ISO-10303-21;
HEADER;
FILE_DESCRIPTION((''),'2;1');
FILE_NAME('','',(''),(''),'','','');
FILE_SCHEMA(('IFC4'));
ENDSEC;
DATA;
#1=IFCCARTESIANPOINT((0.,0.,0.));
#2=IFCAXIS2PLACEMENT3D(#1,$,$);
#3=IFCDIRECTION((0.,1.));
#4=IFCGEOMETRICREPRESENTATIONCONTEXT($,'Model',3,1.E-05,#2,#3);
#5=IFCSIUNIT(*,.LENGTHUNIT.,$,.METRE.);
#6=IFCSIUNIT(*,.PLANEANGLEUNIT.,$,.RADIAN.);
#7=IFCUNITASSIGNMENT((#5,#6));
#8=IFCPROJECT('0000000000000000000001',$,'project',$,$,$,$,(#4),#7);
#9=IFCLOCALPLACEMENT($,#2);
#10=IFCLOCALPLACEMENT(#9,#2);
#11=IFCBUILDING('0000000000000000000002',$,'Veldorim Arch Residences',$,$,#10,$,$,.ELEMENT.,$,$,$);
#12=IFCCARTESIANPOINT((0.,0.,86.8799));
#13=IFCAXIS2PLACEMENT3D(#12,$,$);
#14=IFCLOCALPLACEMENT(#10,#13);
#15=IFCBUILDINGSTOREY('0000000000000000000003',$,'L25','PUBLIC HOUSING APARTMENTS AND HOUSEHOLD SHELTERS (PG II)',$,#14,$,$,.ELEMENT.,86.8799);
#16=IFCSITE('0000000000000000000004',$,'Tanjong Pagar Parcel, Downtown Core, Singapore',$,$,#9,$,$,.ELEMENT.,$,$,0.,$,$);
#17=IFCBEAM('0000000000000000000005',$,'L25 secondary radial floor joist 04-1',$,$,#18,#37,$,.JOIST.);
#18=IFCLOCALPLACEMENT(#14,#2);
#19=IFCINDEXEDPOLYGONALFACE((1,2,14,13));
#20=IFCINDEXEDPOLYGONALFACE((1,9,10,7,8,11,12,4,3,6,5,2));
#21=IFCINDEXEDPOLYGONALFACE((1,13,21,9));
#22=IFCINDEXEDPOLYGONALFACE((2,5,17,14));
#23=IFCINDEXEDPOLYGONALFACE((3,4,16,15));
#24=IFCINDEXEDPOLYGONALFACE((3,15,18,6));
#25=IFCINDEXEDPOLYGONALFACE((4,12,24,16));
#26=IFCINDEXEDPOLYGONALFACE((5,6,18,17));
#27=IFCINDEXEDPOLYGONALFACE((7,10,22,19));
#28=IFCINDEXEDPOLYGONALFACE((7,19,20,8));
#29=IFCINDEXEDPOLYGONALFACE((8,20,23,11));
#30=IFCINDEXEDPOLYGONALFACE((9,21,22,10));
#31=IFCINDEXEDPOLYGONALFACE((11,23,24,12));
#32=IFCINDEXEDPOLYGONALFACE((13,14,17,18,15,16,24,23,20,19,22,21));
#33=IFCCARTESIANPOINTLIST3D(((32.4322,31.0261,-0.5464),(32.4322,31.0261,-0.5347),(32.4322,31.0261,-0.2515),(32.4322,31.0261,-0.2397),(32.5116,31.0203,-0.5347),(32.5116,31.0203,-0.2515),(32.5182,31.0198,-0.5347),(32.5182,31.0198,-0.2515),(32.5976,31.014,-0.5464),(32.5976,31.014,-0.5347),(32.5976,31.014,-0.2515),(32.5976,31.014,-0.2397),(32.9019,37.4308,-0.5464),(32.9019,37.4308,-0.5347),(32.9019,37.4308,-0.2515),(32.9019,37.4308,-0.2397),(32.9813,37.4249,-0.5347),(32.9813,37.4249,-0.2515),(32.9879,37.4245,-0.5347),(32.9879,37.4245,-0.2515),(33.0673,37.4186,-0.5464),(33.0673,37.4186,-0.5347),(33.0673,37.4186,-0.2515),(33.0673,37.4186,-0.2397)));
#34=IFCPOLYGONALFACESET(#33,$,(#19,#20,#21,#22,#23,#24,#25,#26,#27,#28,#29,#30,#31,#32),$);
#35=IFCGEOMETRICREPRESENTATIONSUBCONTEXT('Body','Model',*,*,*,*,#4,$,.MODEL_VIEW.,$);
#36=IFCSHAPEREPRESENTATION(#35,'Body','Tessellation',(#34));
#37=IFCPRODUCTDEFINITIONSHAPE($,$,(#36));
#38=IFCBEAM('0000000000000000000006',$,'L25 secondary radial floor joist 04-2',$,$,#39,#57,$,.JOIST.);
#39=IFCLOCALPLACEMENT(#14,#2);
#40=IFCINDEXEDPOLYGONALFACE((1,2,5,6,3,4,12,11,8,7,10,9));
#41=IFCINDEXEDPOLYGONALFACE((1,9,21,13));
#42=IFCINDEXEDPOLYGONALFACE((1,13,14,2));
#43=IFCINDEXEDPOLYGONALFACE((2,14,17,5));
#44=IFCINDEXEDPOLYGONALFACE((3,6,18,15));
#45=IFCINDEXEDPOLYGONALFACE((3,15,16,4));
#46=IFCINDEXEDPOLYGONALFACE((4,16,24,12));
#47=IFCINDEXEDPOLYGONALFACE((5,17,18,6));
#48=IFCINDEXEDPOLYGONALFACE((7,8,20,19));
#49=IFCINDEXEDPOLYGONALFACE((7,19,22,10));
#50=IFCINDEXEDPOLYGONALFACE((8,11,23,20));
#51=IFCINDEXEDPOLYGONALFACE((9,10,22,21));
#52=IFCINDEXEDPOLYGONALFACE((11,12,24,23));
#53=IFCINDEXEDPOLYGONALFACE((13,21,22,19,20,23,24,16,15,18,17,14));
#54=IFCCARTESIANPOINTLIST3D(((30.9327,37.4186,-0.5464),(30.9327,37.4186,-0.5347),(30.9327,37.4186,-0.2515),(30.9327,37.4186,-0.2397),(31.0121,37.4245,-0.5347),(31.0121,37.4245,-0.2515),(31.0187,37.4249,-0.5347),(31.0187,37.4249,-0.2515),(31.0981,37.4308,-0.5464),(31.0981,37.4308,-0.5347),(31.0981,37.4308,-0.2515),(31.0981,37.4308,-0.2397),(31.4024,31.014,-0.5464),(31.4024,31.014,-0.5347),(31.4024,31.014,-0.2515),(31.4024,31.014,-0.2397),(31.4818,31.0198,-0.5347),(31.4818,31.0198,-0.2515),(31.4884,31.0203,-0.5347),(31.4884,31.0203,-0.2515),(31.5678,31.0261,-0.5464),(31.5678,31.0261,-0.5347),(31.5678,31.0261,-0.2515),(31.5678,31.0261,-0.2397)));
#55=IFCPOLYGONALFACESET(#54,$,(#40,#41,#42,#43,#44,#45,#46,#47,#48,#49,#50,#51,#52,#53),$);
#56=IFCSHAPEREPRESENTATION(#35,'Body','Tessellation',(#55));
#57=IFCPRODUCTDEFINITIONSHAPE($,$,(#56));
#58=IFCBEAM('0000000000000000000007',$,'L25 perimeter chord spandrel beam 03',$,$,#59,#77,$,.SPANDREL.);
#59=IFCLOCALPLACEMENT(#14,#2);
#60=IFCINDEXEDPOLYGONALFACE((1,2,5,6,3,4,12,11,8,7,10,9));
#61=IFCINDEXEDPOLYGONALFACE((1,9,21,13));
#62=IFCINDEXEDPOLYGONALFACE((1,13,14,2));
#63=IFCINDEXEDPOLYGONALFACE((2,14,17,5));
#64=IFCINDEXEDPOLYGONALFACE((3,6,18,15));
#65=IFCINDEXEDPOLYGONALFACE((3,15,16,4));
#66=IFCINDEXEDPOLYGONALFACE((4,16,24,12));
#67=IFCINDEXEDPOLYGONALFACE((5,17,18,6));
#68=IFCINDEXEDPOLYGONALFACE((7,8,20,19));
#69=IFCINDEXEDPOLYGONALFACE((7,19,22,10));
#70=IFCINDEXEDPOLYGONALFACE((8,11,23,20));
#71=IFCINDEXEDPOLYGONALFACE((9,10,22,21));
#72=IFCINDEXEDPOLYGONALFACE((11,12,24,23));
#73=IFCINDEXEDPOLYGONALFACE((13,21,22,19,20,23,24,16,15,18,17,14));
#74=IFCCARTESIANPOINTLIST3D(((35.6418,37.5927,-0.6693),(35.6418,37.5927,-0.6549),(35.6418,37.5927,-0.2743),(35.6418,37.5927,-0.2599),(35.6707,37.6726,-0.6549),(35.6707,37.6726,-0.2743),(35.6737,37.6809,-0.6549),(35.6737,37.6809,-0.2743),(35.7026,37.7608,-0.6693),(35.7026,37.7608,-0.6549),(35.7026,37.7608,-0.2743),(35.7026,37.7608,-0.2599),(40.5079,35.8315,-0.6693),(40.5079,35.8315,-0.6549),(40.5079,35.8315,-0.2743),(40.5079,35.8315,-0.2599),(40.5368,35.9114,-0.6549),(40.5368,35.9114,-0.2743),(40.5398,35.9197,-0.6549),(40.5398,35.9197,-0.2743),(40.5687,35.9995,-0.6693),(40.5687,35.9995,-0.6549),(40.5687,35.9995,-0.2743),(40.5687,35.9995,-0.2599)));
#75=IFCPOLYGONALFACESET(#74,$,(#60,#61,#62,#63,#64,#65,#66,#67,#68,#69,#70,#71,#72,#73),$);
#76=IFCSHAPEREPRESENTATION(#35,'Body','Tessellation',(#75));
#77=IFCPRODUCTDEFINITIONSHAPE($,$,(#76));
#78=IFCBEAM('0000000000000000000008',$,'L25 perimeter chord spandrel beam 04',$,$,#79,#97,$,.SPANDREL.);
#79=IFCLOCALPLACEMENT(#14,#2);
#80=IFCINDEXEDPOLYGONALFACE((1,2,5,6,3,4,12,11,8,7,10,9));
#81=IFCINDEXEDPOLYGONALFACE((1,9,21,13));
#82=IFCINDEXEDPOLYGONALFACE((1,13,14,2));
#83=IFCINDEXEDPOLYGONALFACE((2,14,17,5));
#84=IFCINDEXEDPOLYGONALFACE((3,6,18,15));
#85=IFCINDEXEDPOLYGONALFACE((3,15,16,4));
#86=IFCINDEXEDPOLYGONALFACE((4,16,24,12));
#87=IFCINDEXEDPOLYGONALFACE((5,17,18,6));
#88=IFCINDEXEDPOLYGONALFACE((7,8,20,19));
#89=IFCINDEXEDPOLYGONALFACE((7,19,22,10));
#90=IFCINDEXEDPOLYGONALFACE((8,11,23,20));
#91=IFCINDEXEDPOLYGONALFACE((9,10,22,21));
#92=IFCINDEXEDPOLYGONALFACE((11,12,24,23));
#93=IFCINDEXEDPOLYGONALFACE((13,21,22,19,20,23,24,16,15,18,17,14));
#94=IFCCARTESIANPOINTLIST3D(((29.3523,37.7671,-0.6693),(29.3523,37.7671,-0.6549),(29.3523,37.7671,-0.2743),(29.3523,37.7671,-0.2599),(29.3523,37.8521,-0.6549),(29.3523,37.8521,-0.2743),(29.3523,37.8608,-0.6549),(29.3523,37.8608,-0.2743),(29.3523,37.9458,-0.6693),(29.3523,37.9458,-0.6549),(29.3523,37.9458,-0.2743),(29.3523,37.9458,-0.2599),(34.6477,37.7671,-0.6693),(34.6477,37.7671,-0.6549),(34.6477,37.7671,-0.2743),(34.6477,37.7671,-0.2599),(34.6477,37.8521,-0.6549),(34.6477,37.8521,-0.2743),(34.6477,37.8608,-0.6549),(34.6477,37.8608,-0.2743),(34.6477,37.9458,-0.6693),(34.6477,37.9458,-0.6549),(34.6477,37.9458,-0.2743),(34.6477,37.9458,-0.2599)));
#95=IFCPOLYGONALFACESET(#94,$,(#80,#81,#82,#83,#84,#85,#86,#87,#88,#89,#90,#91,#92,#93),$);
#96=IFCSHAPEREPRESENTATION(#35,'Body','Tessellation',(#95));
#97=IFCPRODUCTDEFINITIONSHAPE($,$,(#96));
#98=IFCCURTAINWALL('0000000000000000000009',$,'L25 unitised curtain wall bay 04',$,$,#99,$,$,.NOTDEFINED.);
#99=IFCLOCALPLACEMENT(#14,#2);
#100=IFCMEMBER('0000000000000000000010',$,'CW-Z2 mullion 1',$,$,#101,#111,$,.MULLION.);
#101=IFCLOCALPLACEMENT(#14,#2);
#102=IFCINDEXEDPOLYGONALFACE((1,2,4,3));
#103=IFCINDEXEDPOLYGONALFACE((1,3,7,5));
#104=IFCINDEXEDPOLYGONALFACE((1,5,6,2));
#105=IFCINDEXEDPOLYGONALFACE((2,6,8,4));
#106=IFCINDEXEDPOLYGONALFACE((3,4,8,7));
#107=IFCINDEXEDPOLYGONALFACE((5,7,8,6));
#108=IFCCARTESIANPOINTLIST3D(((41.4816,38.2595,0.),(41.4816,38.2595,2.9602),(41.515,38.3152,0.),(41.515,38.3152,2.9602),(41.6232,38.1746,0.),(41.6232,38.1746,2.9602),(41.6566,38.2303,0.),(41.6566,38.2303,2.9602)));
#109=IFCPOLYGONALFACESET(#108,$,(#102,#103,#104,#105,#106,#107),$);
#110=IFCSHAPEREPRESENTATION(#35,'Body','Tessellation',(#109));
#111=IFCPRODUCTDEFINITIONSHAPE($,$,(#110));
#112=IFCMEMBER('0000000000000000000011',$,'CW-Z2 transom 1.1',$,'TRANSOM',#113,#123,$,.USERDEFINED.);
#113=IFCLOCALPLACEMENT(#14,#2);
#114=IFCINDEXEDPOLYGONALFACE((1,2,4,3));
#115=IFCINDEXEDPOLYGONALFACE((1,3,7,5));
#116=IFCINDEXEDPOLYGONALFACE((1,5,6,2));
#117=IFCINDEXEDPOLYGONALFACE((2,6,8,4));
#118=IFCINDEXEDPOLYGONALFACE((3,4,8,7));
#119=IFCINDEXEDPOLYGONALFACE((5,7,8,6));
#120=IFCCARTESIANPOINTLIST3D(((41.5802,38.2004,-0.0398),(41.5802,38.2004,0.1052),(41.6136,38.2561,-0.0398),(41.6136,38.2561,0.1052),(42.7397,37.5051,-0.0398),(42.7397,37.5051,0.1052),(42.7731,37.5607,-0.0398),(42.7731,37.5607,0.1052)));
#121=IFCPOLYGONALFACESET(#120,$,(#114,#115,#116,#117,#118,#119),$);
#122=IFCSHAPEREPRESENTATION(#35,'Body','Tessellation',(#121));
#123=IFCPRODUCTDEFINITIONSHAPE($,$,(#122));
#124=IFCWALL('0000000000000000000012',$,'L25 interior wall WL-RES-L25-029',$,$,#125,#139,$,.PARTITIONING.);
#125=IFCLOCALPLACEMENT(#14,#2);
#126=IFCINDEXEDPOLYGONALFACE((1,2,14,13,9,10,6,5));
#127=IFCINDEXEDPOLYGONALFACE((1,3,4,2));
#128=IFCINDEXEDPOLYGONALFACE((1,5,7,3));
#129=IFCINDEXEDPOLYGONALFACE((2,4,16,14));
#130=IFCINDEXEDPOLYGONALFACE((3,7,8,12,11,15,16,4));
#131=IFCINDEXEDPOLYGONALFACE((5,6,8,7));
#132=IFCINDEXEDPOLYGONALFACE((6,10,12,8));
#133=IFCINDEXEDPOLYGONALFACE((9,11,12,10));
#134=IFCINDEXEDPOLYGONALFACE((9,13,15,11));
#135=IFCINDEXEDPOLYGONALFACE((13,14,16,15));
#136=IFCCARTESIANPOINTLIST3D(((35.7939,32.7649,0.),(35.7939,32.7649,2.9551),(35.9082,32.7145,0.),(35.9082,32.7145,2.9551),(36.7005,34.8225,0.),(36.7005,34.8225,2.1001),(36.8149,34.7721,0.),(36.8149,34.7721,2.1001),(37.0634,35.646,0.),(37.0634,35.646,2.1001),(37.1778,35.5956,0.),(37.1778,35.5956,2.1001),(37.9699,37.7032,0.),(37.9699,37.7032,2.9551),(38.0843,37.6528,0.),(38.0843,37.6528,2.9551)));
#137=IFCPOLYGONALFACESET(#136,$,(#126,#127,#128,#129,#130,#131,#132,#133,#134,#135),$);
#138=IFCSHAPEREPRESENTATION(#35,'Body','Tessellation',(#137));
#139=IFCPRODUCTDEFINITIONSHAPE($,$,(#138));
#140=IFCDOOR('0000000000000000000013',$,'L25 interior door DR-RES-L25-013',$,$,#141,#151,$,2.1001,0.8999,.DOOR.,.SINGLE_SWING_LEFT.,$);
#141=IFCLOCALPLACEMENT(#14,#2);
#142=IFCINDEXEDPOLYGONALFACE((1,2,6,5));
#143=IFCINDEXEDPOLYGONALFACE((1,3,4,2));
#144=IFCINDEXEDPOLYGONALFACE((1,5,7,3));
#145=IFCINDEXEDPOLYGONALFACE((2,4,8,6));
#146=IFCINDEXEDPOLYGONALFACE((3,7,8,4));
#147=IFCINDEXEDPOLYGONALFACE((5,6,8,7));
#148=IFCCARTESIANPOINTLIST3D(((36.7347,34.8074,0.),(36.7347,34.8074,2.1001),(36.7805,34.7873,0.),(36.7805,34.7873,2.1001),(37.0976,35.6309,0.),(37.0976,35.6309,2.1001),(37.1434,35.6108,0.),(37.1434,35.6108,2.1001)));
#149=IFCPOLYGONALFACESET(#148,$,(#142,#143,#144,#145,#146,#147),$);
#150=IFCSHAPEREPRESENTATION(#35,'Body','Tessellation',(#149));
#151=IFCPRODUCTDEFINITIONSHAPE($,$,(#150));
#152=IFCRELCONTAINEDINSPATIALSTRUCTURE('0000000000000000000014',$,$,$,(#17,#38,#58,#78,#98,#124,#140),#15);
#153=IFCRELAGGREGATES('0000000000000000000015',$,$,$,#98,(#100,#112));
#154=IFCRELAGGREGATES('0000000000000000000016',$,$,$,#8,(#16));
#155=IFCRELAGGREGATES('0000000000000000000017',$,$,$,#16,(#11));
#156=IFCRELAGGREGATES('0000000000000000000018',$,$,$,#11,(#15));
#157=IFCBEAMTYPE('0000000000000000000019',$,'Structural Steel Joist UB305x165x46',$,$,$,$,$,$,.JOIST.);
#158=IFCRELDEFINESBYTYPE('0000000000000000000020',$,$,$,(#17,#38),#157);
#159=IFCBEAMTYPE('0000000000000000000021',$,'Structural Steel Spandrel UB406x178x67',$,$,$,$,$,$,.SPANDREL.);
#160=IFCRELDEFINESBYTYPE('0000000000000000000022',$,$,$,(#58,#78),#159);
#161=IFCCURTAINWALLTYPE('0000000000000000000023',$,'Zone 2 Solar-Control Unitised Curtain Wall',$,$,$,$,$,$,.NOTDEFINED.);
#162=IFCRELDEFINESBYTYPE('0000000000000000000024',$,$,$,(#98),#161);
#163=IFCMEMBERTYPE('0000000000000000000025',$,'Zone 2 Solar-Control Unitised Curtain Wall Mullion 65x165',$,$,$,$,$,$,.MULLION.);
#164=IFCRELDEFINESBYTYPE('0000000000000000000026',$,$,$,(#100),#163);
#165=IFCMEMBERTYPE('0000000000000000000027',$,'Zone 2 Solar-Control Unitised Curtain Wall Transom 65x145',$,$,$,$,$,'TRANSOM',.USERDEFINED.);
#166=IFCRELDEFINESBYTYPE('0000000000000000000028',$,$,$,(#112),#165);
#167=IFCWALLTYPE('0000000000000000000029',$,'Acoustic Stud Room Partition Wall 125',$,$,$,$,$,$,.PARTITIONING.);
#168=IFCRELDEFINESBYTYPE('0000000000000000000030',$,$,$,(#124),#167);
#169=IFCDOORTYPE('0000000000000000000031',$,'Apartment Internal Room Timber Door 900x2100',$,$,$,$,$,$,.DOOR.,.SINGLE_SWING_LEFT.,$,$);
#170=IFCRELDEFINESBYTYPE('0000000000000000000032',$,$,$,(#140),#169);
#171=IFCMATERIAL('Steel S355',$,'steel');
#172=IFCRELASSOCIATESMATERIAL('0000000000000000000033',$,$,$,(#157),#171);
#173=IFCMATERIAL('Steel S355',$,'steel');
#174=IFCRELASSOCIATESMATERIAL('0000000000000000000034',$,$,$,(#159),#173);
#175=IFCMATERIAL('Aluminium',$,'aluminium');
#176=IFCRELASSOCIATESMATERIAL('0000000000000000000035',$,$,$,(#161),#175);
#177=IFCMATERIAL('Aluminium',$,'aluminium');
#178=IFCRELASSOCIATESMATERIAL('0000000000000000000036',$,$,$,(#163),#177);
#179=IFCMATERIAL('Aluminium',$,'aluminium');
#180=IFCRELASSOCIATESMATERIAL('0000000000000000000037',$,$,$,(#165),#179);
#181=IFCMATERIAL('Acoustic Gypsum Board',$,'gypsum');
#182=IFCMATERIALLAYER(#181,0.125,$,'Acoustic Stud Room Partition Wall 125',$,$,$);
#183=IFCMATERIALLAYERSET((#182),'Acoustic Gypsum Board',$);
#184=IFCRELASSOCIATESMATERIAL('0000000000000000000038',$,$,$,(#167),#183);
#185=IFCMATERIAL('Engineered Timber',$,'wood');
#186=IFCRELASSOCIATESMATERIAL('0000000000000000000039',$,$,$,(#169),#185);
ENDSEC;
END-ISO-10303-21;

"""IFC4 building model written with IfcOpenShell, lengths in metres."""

from ifc_helpers import new_model, si_unit, direction, frame, frame_2d, origin, origin_2d, place, context, subcontext, project, spatial, rectangle, i_section, extrude, material, layer, layer_set, material_profile, profile_set, type_object, element, fill, aggregate, save


model = new_model("IFC4")

# Units and contexts
model_context = context("Model", 3, precision=1e-05, world=origin(), true_north=direction((0.0, 1.0)))
body_context = subcontext(model_context, "Body", "Model", "MODEL_VIEW")
ifc_project = project(units=[si_unit("LENGTHUNIT", "METRE"), si_unit("PLANEANGLEUNIT", "RADIAN")], contexts=[model_context])

# Site, building, storey
site_placement = place(None, origin())
site = spatial("IfcSite", under=ifc_project, at=site_placement, Name="Tanjong Pagar Parcel, Downtown Core, Singapore", CompositionType="ELEMENT", RefElevation=0.0)
building_placement = place(site_placement, origin())
building = spatial("IfcBuilding", under=site, at=building_placement, Name="Veldorim Arch Residences", CompositionType="ELEMENT")
storey_placement = place(building_placement, frame((0.0, 0.0, 86.8799)))
storey = spatial("IfcBuildingStorey", under=building, at=storey_placement, Name="L25", Description="PUBLIC HOUSING APARTMENTS AND HOUSEHOLD SHELTERS (PG II)", CompositionType="ELEMENT", Elevation=86.8799)

# Beams
ifc_material_1 = material(Name="Steel S355", Category="steel")
ifc_material_profile_1 = material_profile(ifc_material_1, i_section(OverallWidth=0.1658, OverallDepth=0.3066, WebThickness=0.0066, FlangeThickness=0.0117, at=origin_2d()), Name="UB305x165x46")
ifc_profile_set_1 = profile_set([ifc_material_profile_1], Name="Steel S355")
beam_type_1 = type_object("IfcBeamType", Name="Structural Steel Joist UB305x165x46", PredefinedType="JOIST", material=ifc_profile_set_1)
for number, where, z_axis, x_axis, name in (
    (1, (32.5149, 31.02, -0.3931), (0.073143, 0.997321, 0.0), (-0.997321, 0.073143, 0.0), "L25 secondary radial floor joist 04-1"),
    (2, (31.4851, 31.02, -0.3931), (-0.073143, 0.997321, 0.0), (-0.997321, -0.073143, 0.0), "L25 secondary radial floor joist 04-2"),
):
    element("IfcBeam", number, at=place(storey_placement, frame(where, z_axis=z_axis, x_axis=x_axis)), inside=storey, type_object=beam_type_1, Name=name, PredefinedType="JOIST", context=body_context, shape_type="SweptSolid", body=[
        extrude(i_section(OverallWidth=0.1658, OverallDepth=0.3066, WebThickness=0.0066, FlangeThickness=0.0117, at=origin_2d()), origin(), (0.0, 0.0, 1.0), 6.4219),
    ])
ifc_material_2 = material(Name="Steel S355", Category="steel")
ifc_material_profile_2 = material_profile(ifc_material_2, i_section(OverallWidth=0.1787, OverallDepth=0.4094, WebThickness=0.0088, FlangeThickness=0.0144, at=origin_2d()), Name="UB406x178x67")
ifc_profile_set_2 = profile_set([ifc_material_profile_2], Name="Steel S355")
beam_type_2 = type_object("IfcBeamType", Name="Structural Steel Spandrel UB406x178x67", PredefinedType="SPANDREL", material=ifc_profile_set_2)
beam_1_placement = place(storey_placement, frame((40.5383, 35.9155, -0.4646), z_axis=(-0.940308, 0.340326, 0.0), x_axis=(-0.340326, -0.940308, 0.0)))
element("IfcBeam", 3, at=beam_1_placement, inside=storey, type_object=beam_type_2, Name="L25 perimeter chord spandrel beam 03", PredefinedType="SPANDREL", context=body_context, shape_type="SweptSolid", body=[
    extrude(i_section(OverallWidth=0.1787, OverallDepth=0.4094, WebThickness=0.0088, FlangeThickness=0.0144, at=origin_2d()), origin(), (0.0, 0.0, 1.0), 5.175),
])
beam_2_placement = place(storey_placement, frame((34.6477, 37.8564, -0.4646), z_axis=(-1.0, 0.0, 0.0), x_axis=(0.0, -1.0, 0.0)))
element("IfcBeam", 4, at=beam_2_placement, inside=storey, type_object=beam_type_2, Name="L25 perimeter chord spandrel beam 04", PredefinedType="SPANDREL", context=body_context, shape_type="SweptSolid", body=[
    extrude(i_section(OverallWidth=0.1787, OverallDepth=0.4094, WebThickness=0.0088, FlangeThickness=0.0144, at=origin_2d()), origin(), (0.0, 0.0, 1.0), 5.2954),
])

# Curtain wall, members
ifc_material_3 = material(Name="Aluminium", Category="aluminium")
curtain_wall_type = type_object("IfcCurtainWallType", Name="Zone 2 Solar-Control Unitised Curtain Wall", PredefinedType="NOTDEFINED", material=ifc_material_3)
curtain_wall_placement = place(storey_placement, origin())
curtain_wall = element("IfcCurtainWall", 5, at=curtain_wall_placement, inside=storey, type_object=curtain_wall_type, Name="L25 unitised curtain wall bay 04", PredefinedType="NOTDEFINED")
ifc_material_4 = material(Name="Aluminium", Category="aluminium")
ifc_material_profile_3 = material_profile(ifc_material_4, rectangle(XDim=0.0649, YDim=0.165, at=origin_2d()), Name="ALU_MUL_65x165")
ifc_profile_set_3 = profile_set([ifc_material_profile_3], Name="Aluminium")
member_type_1 = type_object("IfcMemberType", Name="Zone 2 Solar-Control Unitised Curtain Wall Mullion 65x165", PredefinedType="MULLION", material=ifc_profile_set_3)
member_1_placement = place(storey_placement, frame((41.5691, 38.2449, 0.0), z_axis=(0.0, 0.0, 1.0), x_axis=(0.514313, 0.857602, 0.0)))
member_1 = element("IfcMember", 6, at=member_1_placement, type_object=member_type_1, Name="CW-Z2 mullion 1", PredefinedType="MULLION", context=body_context, shape_type="SweptSolid", body=[
    extrude(rectangle(XDim=0.0649, YDim=0.165, at=origin_2d()), origin(), (0.0, 0.0, 1.0), 2.9602),
])
ifc_material_5 = material(Name="Aluminium", Category="aluminium")
ifc_material_profile_4 = material_profile(ifc_material_5, rectangle(XDim=0.0649, YDim=0.145, at=origin_2d()), Name="ALU_TRN_65x145")
ifc_profile_set_4 = profile_set([ifc_material_profile_4], Name="Aluminium")
member_type_2 = type_object("IfcMemberType", Name="Zone 2 Solar-Control Unitised Curtain Wall Transom 65x145", ElementType="TRANSOM", PredefinedType="USERDEFINED", material=ifc_profile_set_4)
member_2_placement = place(storey_placement, frame((41.5969, 38.2283, 0.0327), z_axis=(0.857604, -0.51431, 0.0), x_axis=(0.51431, 0.857604, 0.0)))
member_2 = element("IfcMember", 7, at=member_2_placement, type_object=member_type_2, Name="CW-Z2 transom 1.1", ObjectType="TRANSOM", PredefinedType="USERDEFINED", context=body_context, shape_type="SweptSolid", body=[
    extrude(rectangle(XDim=0.0649, YDim=0.145, at=origin_2d()), origin(), (0.0, 0.0, 1.0), 1.3521),
])
aggregate(curtain_wall, [member_1, member_2])

# Wall, opening, door
ifc_material_6 = material(Name="Acoustic Gypsum Board", Category="gypsum")
ifc_layer_1 = layer(ifc_material_6, 0.125, Name="Acoustic Stud Room Partition Wall 125")
ifc_layer_set_1 = layer_set([ifc_layer_1], Name="Acoustic Gypsum Board")
wall_type_1 = type_object("IfcWallType", Name="Acoustic Stud Room Partition Wall 125", PredefinedType="PARTITIONING", material=ifc_layer_set_1)
wall_1_placement = place(storey_placement, frame((38.0271, 37.678, 0.0), z_axis=(0.0, 0.0, 1.0), x_axis=(-0.403236, -0.915096, 0.0)))
wall_1 = element("IfcWall", 8, at=wall_1_placement, inside=storey, type_object=wall_type_1, Name="L25 interior wall WL-RES-L25-029", PredefinedType="PARTITIONING", context=body_context, shape_type="SweptSolid", body=[
    extrude(rectangle(XDim=5.3965, YDim=0.125, at=frame_2d((2.6982, 0.0))), origin(), (0.0, 0.0, 1.0), 2.9551),
])
opening_1_placement = place(wall_1_placement, frame((2.248, 0.0, 0.0)))
opening_1 = element("IfcOpeningElement", 9, at=opening_1_placement, cuts=wall_1, PredefinedType="OPENING", context=body_context, shape_type="SweptSolid", body=[
    extrude(rectangle(XDim=0.8999, YDim=2.1001, at=frame_2d((0.45, 1.05))), frame((0.0, 0.0725, 0.0), z_axis=(0.0, -1.0, 0.0), x_axis=(1.0, 0.0, 0.0)), (0.0, 0.0, 1.0), 0.145),
])
ifc_material_7 = material(Name="Engineered Timber", Category="wood")
door_type_1 = type_object("IfcDoorType", Name="Apartment Internal Room Timber Door 900x2100", OperationType="SINGLE_SWING_LEFT", PredefinedType="DOOR", material=ifc_material_7)
door_1_placement = place(opening_1_placement, origin())
door_1 = element("IfcDoor", 10, at=door_1_placement, inside=storey, type_object=door_type_1, Name="L25 interior door DR-RES-L25-013", OperationType="SINGLE_SWING_LEFT", OverallHeight=2.1001, OverallWidth=0.8999, PredefinedType="DOOR", context=body_context, shape_type="SweptSolid", body=[
    extrude(rectangle(XDim=0.8999, YDim=2.1001, at=frame_2d((0.45, 1.05))), frame((0.0, 0.0249, 0.0), z_axis=(0.0, -1.0, 0.0), x_axis=(1.0, 0.0, 0.0)), (0.0, 0.0, 1.0), 0.05),
])
fill(opening_1, door_1)

save(model, "model.ifc")
